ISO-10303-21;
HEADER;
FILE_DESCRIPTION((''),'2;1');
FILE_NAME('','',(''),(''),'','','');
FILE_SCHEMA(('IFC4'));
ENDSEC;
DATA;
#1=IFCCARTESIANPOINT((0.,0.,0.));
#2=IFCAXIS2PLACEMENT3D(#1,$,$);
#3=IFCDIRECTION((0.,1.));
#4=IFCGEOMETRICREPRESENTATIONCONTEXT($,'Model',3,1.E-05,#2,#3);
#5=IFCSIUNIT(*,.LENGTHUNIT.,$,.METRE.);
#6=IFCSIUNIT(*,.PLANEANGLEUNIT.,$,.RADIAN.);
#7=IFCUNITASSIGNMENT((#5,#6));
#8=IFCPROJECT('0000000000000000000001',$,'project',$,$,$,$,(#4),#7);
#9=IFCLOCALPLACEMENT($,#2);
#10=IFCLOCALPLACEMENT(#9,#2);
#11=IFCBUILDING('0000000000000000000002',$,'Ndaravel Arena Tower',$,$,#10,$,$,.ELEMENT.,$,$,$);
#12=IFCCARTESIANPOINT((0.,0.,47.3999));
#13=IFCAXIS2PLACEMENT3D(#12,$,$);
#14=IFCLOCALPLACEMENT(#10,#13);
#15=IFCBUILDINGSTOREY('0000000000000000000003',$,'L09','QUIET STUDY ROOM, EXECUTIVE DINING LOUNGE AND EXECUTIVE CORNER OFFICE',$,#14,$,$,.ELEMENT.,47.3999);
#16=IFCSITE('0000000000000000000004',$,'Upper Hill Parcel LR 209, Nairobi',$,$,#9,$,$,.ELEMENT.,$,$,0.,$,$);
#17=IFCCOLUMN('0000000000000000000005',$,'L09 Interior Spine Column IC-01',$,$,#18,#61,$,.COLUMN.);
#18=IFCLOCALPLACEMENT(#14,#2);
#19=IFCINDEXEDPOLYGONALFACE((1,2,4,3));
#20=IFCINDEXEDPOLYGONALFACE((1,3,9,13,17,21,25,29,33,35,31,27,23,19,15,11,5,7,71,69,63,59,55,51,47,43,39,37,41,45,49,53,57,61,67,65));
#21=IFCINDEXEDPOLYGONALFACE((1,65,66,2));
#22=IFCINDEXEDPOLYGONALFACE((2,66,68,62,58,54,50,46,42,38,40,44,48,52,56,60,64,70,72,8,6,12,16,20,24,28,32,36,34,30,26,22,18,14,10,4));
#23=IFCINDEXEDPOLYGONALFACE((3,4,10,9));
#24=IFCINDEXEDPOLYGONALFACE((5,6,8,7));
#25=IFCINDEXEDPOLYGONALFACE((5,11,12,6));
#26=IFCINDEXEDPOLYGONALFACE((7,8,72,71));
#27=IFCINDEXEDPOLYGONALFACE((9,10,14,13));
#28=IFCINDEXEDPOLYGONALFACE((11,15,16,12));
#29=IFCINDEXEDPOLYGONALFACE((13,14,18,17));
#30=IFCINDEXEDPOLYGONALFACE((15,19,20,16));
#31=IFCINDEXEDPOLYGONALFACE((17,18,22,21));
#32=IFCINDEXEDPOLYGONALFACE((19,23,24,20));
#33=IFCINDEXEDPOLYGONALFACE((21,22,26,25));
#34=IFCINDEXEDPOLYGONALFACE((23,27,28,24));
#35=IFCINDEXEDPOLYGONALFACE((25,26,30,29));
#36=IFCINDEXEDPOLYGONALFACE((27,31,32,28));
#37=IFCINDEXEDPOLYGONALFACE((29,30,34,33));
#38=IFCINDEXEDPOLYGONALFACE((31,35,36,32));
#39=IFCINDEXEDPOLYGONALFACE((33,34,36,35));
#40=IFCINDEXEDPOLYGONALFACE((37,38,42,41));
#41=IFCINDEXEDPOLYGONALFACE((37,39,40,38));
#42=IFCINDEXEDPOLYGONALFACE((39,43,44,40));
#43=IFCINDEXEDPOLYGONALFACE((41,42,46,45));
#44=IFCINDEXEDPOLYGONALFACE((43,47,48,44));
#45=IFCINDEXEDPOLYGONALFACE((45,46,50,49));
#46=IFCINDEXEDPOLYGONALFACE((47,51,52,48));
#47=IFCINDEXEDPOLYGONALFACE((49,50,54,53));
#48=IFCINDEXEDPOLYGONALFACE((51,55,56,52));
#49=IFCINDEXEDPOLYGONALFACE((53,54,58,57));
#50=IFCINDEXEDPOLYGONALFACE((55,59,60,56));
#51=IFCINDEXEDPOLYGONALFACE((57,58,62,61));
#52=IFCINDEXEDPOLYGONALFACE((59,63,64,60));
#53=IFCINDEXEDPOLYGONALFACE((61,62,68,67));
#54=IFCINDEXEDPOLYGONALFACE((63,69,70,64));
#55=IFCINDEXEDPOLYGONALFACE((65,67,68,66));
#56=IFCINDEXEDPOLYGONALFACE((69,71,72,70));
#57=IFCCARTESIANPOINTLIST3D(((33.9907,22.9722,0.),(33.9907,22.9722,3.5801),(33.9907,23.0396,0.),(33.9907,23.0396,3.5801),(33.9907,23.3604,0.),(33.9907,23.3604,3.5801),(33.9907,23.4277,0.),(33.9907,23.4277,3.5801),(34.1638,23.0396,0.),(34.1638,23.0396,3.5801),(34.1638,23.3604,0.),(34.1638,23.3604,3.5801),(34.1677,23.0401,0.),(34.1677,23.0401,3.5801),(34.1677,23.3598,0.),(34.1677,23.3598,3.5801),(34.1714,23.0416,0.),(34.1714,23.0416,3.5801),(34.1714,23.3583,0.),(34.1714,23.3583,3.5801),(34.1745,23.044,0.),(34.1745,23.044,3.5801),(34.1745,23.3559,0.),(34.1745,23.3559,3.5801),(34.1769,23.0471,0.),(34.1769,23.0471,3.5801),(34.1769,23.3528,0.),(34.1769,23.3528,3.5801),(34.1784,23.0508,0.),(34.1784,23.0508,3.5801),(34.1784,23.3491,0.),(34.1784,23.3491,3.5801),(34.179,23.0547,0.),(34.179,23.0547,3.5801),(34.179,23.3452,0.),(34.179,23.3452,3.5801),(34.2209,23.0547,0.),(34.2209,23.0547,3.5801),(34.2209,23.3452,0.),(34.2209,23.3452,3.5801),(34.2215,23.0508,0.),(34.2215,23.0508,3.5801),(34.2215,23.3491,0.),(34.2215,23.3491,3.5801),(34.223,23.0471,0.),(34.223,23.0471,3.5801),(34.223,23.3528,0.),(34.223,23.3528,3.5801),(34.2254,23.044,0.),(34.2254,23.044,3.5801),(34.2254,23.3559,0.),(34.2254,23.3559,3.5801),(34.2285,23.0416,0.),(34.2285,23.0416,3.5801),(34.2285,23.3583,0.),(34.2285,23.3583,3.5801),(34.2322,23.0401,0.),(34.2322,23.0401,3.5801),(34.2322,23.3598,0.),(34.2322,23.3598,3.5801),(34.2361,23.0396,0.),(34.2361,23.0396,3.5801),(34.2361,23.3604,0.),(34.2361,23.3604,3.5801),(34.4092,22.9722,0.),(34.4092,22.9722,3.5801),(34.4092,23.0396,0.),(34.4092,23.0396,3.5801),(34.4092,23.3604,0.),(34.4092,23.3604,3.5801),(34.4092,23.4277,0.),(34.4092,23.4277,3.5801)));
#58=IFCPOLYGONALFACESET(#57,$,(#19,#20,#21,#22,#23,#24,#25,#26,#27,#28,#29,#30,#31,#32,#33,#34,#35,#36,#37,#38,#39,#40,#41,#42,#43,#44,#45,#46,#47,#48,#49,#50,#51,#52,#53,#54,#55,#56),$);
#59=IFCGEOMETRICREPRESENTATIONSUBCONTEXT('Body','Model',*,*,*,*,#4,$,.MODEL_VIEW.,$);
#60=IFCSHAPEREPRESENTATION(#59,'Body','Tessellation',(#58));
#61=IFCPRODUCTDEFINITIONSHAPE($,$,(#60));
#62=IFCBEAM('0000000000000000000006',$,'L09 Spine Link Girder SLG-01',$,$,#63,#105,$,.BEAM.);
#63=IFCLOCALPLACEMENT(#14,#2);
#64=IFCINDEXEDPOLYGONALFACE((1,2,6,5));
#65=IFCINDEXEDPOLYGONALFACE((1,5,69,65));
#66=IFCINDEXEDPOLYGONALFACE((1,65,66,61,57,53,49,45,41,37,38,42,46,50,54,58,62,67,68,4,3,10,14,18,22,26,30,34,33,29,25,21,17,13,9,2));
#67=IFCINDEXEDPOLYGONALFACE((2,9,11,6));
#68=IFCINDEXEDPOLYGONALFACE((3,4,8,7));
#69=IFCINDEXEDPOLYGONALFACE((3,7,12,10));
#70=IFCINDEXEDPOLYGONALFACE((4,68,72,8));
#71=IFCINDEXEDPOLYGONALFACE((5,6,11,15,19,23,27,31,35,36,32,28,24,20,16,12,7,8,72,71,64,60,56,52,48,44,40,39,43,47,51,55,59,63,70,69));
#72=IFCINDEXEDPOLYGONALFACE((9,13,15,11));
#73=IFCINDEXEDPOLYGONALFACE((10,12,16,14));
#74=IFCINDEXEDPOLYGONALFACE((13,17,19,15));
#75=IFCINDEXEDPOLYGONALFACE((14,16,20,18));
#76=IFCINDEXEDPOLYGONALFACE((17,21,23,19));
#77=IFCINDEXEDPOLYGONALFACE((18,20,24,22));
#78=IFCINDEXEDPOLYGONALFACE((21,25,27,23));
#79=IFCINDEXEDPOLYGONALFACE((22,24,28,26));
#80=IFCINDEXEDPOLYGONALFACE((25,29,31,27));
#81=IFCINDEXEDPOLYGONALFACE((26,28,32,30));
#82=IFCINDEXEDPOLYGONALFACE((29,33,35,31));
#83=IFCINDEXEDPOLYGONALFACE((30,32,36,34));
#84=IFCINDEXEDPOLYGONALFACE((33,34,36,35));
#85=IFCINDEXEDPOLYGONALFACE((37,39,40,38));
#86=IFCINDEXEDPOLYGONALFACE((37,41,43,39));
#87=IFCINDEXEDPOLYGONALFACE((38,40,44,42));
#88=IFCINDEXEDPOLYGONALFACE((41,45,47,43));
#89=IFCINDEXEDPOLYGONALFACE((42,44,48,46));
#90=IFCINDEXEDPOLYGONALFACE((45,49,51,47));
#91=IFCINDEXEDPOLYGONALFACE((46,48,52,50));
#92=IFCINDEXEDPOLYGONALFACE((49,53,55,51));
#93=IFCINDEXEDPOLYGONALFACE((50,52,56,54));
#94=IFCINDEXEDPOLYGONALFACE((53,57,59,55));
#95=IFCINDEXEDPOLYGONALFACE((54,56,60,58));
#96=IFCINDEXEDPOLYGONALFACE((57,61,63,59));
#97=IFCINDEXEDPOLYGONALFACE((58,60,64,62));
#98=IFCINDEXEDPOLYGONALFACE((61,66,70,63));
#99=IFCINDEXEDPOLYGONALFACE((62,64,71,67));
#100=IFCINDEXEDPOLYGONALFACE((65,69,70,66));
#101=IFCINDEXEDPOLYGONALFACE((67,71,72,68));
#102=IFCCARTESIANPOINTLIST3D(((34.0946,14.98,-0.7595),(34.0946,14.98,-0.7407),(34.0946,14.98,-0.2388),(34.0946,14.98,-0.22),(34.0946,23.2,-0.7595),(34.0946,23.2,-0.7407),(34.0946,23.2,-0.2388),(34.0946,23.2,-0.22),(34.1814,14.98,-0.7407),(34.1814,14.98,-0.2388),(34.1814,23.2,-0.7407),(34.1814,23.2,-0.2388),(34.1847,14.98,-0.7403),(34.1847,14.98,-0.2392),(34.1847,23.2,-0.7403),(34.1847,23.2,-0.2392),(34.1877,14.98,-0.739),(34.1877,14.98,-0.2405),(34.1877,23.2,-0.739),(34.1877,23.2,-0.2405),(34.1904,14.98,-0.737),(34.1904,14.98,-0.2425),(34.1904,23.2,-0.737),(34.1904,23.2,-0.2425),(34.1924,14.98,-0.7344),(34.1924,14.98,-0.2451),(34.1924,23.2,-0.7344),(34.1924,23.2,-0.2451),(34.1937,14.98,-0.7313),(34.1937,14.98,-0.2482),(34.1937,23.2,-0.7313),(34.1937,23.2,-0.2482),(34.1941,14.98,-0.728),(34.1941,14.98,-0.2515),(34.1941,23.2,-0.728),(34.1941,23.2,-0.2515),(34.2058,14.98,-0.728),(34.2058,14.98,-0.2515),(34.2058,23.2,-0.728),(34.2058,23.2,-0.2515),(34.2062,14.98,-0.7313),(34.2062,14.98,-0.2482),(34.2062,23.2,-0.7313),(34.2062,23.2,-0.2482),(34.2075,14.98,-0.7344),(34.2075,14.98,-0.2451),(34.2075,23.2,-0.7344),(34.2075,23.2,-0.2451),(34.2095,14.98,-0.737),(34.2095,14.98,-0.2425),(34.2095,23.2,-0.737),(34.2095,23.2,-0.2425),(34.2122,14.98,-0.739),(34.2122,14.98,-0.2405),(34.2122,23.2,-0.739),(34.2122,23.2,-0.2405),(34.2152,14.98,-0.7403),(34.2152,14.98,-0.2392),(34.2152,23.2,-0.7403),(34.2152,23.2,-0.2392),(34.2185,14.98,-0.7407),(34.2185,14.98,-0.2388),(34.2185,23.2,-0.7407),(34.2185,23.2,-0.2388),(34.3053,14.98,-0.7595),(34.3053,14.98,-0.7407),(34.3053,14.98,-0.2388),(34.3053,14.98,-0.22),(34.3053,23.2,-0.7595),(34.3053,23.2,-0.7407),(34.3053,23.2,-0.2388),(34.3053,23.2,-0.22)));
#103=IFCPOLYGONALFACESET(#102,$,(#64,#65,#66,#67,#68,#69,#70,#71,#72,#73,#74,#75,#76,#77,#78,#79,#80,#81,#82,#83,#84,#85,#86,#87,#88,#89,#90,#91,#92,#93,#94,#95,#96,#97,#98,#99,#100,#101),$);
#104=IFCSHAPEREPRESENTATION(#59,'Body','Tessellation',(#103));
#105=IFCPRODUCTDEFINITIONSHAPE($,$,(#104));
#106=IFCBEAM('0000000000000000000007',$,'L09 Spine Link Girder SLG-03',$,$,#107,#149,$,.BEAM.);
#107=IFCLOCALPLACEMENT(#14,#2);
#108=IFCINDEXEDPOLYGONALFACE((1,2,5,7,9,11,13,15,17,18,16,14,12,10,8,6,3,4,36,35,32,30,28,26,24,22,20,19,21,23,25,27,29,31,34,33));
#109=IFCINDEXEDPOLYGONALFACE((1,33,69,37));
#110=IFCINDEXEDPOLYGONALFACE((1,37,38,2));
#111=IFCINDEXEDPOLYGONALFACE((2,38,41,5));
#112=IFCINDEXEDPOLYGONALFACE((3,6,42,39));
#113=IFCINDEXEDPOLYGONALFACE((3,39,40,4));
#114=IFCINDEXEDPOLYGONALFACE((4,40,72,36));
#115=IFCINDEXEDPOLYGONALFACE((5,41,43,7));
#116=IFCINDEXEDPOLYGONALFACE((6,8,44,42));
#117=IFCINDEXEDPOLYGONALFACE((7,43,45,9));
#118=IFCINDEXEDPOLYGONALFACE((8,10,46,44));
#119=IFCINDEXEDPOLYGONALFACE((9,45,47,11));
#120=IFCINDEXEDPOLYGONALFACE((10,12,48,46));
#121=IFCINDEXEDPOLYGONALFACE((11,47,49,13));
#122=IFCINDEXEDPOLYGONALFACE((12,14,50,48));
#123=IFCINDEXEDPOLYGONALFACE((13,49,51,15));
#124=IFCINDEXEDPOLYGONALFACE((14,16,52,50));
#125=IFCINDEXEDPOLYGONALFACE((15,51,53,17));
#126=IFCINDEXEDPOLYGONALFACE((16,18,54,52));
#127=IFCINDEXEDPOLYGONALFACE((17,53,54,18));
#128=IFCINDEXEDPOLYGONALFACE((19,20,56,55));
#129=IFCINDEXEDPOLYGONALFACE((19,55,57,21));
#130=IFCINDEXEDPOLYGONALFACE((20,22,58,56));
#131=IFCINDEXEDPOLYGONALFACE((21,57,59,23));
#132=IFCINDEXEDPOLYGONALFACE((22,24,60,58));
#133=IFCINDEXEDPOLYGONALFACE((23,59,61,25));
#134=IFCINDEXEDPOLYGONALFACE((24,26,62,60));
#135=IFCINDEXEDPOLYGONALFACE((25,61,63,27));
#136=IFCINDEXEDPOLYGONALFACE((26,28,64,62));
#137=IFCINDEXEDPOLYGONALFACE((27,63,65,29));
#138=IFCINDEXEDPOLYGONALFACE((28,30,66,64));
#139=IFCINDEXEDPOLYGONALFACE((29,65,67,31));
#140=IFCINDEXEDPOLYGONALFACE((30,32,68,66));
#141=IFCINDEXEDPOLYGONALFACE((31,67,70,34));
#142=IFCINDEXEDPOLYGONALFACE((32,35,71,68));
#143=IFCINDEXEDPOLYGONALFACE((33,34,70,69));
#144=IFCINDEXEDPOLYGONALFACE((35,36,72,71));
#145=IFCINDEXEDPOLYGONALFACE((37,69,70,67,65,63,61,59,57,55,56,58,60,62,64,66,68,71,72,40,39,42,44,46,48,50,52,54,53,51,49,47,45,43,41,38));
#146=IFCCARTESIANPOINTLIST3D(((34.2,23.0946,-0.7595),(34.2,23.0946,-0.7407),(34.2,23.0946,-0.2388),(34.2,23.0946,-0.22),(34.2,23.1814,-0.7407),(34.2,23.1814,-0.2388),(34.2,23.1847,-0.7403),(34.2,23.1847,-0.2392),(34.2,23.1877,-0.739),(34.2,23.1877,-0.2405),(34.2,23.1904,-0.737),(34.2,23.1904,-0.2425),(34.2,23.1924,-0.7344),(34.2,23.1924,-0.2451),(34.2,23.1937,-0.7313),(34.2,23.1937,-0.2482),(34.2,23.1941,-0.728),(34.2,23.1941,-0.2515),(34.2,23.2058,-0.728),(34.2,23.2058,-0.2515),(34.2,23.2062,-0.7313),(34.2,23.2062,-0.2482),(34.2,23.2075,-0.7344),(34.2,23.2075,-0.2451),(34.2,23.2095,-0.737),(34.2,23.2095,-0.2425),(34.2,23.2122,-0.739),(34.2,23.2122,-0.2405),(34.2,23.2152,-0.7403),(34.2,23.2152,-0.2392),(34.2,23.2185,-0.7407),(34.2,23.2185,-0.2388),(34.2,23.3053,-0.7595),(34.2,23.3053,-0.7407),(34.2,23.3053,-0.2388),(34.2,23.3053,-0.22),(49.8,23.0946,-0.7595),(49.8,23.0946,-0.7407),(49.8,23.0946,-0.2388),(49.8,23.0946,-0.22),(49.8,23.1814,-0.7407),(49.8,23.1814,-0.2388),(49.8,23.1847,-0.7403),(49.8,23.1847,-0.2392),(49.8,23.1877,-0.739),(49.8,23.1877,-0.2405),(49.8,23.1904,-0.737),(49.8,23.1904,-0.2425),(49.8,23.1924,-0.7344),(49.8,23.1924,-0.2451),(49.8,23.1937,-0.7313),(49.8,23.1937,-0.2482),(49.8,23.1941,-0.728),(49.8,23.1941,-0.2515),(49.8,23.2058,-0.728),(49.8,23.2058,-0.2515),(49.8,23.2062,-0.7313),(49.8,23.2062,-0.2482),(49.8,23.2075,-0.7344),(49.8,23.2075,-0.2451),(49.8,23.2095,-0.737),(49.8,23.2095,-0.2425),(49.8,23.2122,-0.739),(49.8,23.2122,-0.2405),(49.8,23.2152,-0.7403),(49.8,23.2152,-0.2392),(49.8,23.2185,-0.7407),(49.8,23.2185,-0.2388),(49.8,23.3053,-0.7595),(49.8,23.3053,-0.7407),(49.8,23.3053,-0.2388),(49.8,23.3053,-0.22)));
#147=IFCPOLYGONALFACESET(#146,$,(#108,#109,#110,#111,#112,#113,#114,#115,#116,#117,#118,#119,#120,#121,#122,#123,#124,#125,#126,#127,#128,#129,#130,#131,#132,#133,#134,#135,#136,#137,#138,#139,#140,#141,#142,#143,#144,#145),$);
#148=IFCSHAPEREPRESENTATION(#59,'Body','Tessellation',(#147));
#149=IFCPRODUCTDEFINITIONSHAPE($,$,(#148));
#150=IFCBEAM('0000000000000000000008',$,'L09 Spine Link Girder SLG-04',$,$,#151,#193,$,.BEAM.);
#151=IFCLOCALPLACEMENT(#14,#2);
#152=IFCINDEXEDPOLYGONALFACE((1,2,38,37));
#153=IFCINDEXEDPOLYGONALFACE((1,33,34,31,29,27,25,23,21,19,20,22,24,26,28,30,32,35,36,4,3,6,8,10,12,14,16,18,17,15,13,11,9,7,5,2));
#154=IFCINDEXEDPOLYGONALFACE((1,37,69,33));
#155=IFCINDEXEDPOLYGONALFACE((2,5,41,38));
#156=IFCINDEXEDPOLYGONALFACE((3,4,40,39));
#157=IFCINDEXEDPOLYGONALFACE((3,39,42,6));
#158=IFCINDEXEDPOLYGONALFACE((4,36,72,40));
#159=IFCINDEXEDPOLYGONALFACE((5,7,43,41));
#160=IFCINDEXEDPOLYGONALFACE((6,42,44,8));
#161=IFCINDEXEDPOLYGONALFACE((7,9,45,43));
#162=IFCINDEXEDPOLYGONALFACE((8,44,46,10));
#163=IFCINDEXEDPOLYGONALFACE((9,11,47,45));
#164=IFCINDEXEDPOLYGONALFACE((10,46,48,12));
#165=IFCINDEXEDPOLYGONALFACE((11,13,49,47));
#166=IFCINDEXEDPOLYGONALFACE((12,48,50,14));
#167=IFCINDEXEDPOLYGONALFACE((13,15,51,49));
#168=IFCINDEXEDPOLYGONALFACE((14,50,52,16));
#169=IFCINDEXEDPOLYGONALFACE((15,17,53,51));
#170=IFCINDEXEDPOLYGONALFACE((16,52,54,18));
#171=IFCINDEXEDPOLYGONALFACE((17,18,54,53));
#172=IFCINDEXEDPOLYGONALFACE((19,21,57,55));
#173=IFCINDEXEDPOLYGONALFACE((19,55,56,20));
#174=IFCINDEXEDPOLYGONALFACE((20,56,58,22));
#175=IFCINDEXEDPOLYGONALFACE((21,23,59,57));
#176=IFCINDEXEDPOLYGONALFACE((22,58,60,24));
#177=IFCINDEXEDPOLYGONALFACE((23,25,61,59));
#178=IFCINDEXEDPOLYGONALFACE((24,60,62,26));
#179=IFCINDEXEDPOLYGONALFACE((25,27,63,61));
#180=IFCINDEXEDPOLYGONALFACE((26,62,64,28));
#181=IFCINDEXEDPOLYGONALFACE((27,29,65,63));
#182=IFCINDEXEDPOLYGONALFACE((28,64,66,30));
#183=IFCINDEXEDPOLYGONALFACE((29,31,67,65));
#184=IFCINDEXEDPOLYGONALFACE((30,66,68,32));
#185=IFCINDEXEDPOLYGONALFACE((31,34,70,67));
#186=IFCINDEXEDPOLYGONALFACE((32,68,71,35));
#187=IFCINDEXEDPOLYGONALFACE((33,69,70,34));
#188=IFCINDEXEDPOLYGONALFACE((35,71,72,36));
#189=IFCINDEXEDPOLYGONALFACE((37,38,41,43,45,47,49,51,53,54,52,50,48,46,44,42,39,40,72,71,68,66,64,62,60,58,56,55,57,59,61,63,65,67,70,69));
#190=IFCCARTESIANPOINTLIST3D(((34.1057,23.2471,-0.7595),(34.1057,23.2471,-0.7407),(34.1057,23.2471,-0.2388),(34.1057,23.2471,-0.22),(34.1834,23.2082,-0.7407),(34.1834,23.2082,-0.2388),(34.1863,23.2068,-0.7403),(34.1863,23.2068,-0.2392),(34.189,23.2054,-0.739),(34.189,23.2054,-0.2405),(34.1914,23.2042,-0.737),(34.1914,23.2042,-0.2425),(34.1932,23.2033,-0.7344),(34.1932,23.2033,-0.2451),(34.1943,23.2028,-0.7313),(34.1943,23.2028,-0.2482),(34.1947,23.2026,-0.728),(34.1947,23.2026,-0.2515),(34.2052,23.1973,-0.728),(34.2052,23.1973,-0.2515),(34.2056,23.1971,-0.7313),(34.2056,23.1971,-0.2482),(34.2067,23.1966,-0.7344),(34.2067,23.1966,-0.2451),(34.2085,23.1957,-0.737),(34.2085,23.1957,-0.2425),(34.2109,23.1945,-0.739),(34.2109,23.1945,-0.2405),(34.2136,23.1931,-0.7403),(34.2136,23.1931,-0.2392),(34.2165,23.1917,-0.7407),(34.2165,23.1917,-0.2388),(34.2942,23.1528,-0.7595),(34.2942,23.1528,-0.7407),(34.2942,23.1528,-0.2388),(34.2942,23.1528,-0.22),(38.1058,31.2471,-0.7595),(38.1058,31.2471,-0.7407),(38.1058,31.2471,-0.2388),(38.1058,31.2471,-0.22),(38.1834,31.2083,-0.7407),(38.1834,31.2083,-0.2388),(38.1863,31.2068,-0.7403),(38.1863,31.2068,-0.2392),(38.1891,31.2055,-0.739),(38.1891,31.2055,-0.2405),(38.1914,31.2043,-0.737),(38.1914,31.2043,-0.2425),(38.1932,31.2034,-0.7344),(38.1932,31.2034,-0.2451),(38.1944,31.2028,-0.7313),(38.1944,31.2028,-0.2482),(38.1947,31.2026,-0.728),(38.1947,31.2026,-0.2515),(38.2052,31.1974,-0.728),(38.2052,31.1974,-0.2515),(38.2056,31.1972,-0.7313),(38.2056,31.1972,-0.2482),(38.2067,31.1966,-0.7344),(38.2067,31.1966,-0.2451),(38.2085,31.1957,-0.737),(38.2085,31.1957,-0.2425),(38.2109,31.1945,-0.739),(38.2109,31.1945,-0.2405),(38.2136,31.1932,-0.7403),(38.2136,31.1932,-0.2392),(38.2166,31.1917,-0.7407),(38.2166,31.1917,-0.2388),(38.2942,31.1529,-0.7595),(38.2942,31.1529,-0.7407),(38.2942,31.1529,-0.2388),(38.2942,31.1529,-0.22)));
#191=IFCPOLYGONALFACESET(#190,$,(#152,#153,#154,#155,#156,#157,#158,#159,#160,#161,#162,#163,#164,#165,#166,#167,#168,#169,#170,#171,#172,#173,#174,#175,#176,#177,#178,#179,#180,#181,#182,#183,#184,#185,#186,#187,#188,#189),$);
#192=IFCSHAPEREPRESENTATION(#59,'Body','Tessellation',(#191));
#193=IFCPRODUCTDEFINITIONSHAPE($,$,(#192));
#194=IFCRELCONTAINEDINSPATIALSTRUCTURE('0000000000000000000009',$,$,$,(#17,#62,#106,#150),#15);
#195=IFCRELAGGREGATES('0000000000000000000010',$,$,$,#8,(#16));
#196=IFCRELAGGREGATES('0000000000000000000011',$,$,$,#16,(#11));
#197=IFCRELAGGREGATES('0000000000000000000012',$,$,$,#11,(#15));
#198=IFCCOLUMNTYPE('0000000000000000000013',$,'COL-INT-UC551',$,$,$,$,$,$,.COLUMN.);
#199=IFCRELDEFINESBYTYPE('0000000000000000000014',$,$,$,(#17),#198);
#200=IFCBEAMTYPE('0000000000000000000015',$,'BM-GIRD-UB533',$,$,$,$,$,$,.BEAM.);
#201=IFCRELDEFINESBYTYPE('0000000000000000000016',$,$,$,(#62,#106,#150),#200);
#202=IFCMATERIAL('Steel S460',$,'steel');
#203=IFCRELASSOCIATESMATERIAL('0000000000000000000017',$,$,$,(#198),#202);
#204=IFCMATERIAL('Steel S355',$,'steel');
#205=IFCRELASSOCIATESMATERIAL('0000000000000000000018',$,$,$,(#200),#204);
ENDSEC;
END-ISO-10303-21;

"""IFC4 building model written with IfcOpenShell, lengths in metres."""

from ifc_helpers import new_model, si_unit, direction, frame, origin, origin_2d, place, context, subcontext, project, spatial, i_section, extrude, material, material_profile, profile_set, type_object, element, save


model = new_model("IFC4")

# Units and contexts
model_context = context("Model", 3, precision=1e-05, world=origin(), true_north=direction((0.0, 1.0)))
body_context = subcontext(model_context, "Body", "Model", "MODEL_VIEW")
ifc_project = project(units=[si_unit("LENGTHUNIT", "METRE"), si_unit("PLANEANGLEUNIT", "RADIAN")], contexts=[model_context])

# Site, building, storey
site_placement = place(None, origin())
site = spatial("IfcSite", under=ifc_project, at=site_placement, Name="Upper Hill Parcel LR 209, Nairobi", CompositionType="ELEMENT", RefElevation=0.0)
building_placement = place(site_placement, origin())
building = spatial("IfcBuilding", under=site, at=building_placement, Name="Ndaravel Arena Tower", CompositionType="ELEMENT")
storey_placement = place(building_placement, frame((0.0, 0.0, 47.3999)))
storey = spatial("IfcBuildingStorey", under=building, at=storey_placement, Name="L09", Description="QUIET STUDY ROOM, EXECUTIVE DINING LOUNGE AND EXECUTIVE CORNER OFFICE", CompositionType="ELEMENT", Elevation=47.3999)

# Column
ifc_material_1 = material(Name="Steel S460", Category="steel")
ifc_material_profile_1 = material_profile(ifc_material_1, i_section(OverallWidth=0.4185, OverallDepth=0.4556, WebThickness=0.042, FlangeThickness=0.0674, FilletRadius=0.0151, at=origin_2d()), Name="UC 356x406x551")
ifc_profile_set_1 = profile_set([ifc_material_profile_1], Name="Steel S460")
column_type = type_object("IfcColumnType", Name="COL-INT-UC551", PredefinedType="COLUMN", material=ifc_profile_set_1)
column_placement = place(storey_placement, frame((34.2, 23.2, 0.0), z_axis=(0.0, 0.0, 1.0), x_axis=(1.0, 0.0, 0.0)))
element("IfcColumn", 1, at=column_placement, inside=storey, type_object=column_type, Name="L09 Interior Spine Column IC-01", PredefinedType="COLUMN", context=body_context, shape_type="SweptSolid", body=[
    extrude(i_section(OverallWidth=0.4185, OverallDepth=0.4556, WebThickness=0.042, FlangeThickness=0.0674, FilletRadius=0.0151, at=origin_2d()), origin(), (0.0, 0.0, 1.0), 3.5801),
])

# Beams
ifc_material_2 = material(Name="Steel S355", Category="steel")
ifc_material_profile_2 = material_profile(ifc_material_2, i_section(OverallWidth=0.2107, OverallDepth=0.5396, WebThickness=0.0117, FlangeThickness=0.0188, FilletRadius=0.0127, at=origin_2d()), Name="UB 533x210x109")
ifc_profile_set_2 = profile_set([ifc_material_profile_2], Name="Steel S355")
beam_type_1 = type_object("IfcBeamType", Name="BM-GIRD-UB533", PredefinedType="BEAM", material=ifc_profile_set_2)
beam_1_placement = place(storey_placement, frame((34.2, 14.98, -0.4897), z_axis=(0.0, 1.0, 0.0), x_axis=(-1.0, 0.0, 0.0)))
element("IfcBeam", 2, at=beam_1_placement, inside=storey, type_object=beam_type_1, Name="L09 Spine Link Girder SLG-01", PredefinedType="BEAM", context=body_context, shape_type="SweptSolid", body=[
    extrude(i_section(OverallWidth=0.2107, OverallDepth=0.5396, WebThickness=0.0117, FlangeThickness=0.0188, FilletRadius=0.0127, at=origin_2d()), origin(), (0.0, 0.0, 1.0), 8.22),
])
beam_2_placement = place(storey_placement, frame((34.2, 23.2, -0.4897), z_axis=(1.0, 0.0, 0.0), x_axis=(0.0, 1.0, 0.0)))
element("IfcBeam", 3, at=beam_2_placement, inside=storey, type_object=beam_type_1, Name="L09 Spine Link Girder SLG-03", PredefinedType="BEAM", context=body_context, shape_type="SweptSolid", body=[
    extrude(i_section(OverallWidth=0.2107, OverallDepth=0.5396, WebThickness=0.0117, FlangeThickness=0.0188, FilletRadius=0.0127, at=origin_2d()), origin(), (0.0, 0.0, 1.0), 15.6001),
])
beam_3_placement = place(storey_placement, frame((34.2, 23.2, -0.4897), z_axis=(0.447214, 0.894427, 0.0), x_axis=(-0.894427, 0.447214, 0.0)))
element("IfcBeam", 4, at=beam_3_placement, inside=storey, type_object=beam_type_1, Name="L09 Spine Link Girder SLG-04", PredefinedType="BEAM", context=body_context, shape_type="SweptSolid", body=[
    extrude(i_section(OverallWidth=0.2107, OverallDepth=0.5396, WebThickness=0.0117, FlangeThickness=0.0188, FilletRadius=0.0127, at=origin_2d()), origin(), (0.0, 0.0, 1.0), 8.9443),
])

save(model, "model.ifc")
